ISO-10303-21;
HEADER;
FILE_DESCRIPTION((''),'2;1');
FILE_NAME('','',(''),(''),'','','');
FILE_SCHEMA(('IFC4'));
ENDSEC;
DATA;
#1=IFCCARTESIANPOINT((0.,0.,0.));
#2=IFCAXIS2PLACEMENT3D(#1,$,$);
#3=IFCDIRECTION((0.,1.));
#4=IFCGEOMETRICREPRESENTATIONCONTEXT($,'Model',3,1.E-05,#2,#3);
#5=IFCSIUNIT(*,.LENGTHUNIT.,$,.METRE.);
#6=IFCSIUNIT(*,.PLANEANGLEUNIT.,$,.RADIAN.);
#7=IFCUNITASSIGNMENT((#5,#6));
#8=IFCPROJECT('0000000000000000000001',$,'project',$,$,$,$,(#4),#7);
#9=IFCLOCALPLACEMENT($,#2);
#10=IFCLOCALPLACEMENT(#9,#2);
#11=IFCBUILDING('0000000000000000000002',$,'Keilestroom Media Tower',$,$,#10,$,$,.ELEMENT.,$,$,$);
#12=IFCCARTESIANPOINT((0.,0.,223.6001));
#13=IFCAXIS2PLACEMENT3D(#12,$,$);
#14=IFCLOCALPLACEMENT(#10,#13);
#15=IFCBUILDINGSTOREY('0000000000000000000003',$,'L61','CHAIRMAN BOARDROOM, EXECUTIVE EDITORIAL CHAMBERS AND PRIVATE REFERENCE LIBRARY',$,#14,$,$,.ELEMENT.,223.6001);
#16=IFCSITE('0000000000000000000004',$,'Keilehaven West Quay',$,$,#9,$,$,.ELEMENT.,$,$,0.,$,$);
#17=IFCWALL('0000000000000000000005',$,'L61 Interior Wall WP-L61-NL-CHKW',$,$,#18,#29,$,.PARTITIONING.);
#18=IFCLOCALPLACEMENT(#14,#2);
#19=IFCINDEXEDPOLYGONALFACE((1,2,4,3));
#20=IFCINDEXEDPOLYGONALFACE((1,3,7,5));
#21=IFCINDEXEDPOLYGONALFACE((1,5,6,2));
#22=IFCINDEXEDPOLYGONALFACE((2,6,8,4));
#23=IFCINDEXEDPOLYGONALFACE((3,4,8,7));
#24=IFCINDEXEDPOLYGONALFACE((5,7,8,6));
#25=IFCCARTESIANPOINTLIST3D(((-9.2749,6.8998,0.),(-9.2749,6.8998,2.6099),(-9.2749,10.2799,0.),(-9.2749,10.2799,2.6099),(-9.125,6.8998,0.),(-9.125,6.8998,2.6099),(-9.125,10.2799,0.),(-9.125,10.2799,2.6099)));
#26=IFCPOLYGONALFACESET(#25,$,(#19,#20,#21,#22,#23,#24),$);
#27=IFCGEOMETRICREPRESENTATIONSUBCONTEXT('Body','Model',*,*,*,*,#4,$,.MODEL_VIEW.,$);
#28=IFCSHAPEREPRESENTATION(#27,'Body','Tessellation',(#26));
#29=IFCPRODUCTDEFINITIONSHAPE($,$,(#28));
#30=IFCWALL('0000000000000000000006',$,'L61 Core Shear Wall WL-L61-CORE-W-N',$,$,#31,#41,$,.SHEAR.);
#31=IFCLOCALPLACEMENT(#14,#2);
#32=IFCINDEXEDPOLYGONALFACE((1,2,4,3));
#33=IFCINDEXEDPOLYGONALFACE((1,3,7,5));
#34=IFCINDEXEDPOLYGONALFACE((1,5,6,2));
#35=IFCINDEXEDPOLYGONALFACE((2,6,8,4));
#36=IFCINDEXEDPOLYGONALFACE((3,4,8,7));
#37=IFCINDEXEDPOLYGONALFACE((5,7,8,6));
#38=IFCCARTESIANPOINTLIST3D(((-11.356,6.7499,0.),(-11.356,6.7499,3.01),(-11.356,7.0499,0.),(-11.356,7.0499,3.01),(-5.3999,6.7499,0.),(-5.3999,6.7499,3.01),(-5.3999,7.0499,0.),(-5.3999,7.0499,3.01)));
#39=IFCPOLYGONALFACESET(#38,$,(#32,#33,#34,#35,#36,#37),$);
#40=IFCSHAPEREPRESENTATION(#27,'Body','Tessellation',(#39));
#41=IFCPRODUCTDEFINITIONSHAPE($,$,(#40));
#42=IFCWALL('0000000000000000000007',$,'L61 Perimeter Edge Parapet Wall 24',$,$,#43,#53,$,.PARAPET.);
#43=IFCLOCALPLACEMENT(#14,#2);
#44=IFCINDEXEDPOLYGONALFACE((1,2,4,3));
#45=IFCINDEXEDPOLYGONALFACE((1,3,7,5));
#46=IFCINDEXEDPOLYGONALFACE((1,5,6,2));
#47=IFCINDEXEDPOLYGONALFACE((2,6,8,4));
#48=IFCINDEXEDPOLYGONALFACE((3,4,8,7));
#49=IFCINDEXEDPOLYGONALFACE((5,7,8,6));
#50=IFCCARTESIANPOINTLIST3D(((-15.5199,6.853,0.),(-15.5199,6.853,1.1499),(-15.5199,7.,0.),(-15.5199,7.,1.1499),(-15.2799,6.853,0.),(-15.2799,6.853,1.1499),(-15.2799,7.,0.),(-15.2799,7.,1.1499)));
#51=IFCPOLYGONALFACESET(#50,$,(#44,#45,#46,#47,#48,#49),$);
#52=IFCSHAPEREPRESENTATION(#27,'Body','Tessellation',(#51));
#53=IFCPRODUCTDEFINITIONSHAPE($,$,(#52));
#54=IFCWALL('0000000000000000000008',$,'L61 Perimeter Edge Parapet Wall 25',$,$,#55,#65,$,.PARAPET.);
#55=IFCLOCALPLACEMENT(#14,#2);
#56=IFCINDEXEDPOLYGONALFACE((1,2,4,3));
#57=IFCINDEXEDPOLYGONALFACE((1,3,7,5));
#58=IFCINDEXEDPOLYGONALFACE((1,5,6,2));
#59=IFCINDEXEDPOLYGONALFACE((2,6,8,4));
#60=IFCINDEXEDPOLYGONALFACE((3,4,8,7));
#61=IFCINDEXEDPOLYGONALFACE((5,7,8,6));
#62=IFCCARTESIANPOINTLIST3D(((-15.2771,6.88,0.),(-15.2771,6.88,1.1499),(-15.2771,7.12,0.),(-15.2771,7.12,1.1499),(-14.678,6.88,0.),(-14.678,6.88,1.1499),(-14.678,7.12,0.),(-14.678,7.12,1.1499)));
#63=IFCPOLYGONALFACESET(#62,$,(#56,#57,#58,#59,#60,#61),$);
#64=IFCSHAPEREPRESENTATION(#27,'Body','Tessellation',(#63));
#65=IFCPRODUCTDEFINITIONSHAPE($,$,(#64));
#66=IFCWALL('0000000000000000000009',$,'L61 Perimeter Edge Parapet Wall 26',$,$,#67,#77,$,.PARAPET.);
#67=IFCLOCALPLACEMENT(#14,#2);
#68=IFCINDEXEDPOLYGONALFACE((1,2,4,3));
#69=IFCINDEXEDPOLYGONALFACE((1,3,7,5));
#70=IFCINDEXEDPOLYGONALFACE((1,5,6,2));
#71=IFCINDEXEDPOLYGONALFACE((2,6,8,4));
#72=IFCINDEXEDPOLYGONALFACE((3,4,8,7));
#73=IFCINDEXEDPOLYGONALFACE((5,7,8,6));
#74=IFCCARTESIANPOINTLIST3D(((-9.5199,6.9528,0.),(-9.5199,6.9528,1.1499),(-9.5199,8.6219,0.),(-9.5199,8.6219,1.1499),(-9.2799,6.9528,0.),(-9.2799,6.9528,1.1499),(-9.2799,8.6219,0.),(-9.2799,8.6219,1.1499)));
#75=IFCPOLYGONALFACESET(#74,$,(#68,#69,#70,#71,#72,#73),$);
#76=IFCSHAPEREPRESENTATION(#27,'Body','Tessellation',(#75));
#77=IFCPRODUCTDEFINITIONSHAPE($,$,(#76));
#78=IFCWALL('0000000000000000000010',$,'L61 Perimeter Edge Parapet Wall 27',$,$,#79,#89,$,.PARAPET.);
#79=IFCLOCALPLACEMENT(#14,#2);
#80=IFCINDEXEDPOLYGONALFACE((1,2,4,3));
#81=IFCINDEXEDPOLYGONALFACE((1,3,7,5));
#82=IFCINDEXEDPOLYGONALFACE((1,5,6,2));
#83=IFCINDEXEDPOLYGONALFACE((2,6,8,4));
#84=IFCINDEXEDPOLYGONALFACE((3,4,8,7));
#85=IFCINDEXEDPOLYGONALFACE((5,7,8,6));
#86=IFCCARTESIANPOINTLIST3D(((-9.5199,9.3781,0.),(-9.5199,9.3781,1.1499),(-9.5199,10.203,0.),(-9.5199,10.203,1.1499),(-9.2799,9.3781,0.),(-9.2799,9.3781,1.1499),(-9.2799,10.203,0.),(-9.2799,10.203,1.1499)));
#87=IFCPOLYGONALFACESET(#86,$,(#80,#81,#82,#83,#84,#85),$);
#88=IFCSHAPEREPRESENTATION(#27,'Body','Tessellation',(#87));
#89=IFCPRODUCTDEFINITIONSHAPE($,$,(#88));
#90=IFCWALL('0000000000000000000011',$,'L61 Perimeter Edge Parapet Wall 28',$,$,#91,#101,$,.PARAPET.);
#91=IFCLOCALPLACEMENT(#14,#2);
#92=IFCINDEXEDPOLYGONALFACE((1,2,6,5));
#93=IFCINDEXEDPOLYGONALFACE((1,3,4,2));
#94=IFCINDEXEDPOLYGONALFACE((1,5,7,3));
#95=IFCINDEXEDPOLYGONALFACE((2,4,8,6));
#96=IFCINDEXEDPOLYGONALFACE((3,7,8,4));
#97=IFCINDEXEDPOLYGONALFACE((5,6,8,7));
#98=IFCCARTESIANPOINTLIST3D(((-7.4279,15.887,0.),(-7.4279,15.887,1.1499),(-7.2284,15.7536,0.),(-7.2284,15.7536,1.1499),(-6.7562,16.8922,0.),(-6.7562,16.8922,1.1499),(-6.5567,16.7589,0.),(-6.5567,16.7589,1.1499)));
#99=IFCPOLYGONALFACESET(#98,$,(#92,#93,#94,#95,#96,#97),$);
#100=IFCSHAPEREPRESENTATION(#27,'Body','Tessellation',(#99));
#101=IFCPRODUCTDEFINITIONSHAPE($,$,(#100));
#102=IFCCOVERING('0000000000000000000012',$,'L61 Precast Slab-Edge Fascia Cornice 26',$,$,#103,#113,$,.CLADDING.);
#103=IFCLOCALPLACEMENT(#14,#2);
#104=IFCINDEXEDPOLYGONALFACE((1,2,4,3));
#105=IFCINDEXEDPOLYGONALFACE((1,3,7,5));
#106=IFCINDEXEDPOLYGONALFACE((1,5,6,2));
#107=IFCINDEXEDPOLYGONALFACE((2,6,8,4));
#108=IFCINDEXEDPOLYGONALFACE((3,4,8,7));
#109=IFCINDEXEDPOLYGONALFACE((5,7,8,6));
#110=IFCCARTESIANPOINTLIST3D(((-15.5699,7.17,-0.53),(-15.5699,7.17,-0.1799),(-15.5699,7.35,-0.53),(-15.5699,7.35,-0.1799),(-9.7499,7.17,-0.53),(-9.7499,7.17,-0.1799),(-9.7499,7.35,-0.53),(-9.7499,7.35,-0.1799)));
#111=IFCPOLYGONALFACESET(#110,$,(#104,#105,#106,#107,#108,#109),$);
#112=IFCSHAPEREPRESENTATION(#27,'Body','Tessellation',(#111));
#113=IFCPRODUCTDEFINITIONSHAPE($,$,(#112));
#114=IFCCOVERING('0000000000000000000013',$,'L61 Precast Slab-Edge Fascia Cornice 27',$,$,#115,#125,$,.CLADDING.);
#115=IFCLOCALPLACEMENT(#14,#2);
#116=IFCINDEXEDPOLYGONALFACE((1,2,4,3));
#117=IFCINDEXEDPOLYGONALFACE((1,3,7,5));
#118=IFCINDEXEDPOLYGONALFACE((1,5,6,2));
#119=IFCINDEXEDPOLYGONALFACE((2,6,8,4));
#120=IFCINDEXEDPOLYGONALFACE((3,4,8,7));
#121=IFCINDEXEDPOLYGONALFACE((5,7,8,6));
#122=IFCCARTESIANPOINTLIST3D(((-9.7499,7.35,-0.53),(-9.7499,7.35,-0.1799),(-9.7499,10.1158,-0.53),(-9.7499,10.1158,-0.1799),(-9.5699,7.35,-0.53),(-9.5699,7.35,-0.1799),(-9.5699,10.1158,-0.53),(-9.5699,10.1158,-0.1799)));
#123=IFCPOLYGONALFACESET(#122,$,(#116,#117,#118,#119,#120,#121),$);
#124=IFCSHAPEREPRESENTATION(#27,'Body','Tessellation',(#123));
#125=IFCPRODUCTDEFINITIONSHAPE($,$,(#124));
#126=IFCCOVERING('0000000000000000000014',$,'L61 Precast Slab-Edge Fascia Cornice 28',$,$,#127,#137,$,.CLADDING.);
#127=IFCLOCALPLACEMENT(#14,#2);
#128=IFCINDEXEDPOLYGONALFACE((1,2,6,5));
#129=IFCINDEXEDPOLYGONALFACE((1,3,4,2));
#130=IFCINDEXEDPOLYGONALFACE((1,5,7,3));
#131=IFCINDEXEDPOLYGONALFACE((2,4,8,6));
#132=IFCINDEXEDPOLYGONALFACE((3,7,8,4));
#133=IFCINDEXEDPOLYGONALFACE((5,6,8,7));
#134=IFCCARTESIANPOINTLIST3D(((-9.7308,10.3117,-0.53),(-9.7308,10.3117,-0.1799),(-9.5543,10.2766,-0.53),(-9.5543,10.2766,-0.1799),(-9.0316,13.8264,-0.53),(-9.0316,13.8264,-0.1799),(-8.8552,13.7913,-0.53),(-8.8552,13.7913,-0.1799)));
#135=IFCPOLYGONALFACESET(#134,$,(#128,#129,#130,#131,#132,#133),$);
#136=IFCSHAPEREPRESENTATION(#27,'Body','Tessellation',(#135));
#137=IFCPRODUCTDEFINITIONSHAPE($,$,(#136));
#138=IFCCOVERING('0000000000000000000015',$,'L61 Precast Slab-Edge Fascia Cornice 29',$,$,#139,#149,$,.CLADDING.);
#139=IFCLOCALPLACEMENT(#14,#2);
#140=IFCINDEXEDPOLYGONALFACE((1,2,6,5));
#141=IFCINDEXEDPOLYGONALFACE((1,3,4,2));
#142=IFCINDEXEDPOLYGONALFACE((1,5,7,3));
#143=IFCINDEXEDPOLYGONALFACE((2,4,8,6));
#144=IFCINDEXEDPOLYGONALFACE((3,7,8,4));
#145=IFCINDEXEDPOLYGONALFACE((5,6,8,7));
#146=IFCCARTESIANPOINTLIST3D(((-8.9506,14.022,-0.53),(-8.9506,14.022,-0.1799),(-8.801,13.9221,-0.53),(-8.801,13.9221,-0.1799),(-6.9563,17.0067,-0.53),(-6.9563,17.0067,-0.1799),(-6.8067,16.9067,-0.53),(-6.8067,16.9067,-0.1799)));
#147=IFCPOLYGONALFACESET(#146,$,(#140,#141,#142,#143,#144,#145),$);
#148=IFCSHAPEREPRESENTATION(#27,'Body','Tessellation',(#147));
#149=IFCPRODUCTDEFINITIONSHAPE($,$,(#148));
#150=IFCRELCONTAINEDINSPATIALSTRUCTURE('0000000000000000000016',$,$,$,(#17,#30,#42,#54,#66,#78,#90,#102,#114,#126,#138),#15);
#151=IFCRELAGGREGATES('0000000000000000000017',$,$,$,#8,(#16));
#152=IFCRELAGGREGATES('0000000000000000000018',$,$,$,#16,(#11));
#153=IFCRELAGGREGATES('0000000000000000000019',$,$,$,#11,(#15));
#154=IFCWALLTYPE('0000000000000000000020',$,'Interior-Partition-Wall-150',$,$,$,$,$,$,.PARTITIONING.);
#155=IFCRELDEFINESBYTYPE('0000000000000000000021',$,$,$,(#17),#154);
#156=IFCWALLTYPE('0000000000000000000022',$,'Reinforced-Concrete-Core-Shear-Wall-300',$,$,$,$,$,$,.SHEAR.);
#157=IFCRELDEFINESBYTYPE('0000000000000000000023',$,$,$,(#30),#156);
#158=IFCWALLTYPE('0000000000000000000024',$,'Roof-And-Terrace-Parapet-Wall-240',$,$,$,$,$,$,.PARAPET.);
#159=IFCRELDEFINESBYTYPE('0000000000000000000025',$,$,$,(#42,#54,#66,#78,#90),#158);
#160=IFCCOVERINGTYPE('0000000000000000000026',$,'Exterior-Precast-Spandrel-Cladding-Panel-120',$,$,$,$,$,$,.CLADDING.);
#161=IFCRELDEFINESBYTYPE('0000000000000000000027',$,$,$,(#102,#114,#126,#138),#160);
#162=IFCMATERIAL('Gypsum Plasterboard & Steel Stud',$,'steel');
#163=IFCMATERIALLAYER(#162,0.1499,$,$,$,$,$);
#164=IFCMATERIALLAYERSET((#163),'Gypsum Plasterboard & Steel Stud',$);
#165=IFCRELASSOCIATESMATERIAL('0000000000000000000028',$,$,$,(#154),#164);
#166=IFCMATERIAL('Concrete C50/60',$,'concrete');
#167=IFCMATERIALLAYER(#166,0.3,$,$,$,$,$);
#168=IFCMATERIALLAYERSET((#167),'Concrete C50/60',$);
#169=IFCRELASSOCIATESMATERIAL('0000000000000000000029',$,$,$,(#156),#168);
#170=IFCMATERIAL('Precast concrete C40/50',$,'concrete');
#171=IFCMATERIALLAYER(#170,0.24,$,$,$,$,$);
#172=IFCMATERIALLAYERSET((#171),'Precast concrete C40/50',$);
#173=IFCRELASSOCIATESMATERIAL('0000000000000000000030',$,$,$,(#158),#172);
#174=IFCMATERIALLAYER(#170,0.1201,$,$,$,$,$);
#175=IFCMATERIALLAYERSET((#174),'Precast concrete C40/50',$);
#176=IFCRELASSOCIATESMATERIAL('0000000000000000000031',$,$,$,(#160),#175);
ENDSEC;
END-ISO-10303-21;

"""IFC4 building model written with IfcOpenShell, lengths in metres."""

from ifc_helpers import new_model, si_unit, direction, frame, frame_2d, origin, origin_2d, place, context, subcontext, project, spatial, rectangle, extrude, source, transform, mapped, material, layer, layer_set, type_object, element, save


model = new_model("IFC4")

# Units and contexts
model_context = context("Model", 3, precision=1e-05, world=origin(), true_north=direction((0.0, 1.0)))
body_context = subcontext(model_context, "Body", "Model", "MODEL_VIEW")
ifc_project = project(units=[si_unit("LENGTHUNIT", "METRE"), si_unit("PLANEANGLEUNIT", "RADIAN")], contexts=[model_context])

# Site, building, storey
site_placement = place(None, origin())
site = spatial("IfcSite", under=ifc_project, at=site_placement, Name="Keilehaven West Quay", CompositionType="ELEMENT", RefElevation=0.0)
building_placement = place(site_placement, origin())
building = spatial("IfcBuilding", under=site, at=building_placement, Name="Keilestroom Media Tower", CompositionType="ELEMENT")
storey_placement = place(building_placement, frame((0.0, 0.0, 223.6001)))
storey = spatial("IfcBuildingStorey", under=building, at=storey_placement, Name="L61", Description="CHAIRMAN BOARDROOM, EXECUTIVE EDITORIAL CHAMBERS AND PRIVATE REFERENCE LIBRARY", CompositionType="ELEMENT", Elevation=223.6001)

# Shared definitions
ifc_material_1 = material(Name="Precast concrete C40/50", Category="concrete")
ifc_material_2 = material(Name="Concrete C50/60", Category="concrete")

# Shared definitions
ifc_material_3 = material(Name="Gypsum Plasterboard & Steel Stud", Category="steel")

# Shared definitions
ifc_layer_1 = layer(ifc_material_3, 0.1499)
ifc_layer_set_1 = layer_set([ifc_layer_1], Name="Gypsum Plasterboard & Steel Stud")
wall_type_1 = type_object("IfcWallType", Name="Interior-Partition-Wall-150", PredefinedType="PARTITIONING", material=ifc_layer_set_1)

# Walls
wall_1_placement = place(storey_placement, frame((-9.2, 6.8999, 0.0), z_axis=(0.0, 0.0, 1.0), x_axis=(0.0, 1.0, 0.0)))
element("IfcWall", 1, at=wall_1_placement, inside=storey, type_object=wall_type_1, Name="L61 Interior Wall WP-L61-NL-CHKW", PredefinedType="PARTITIONING", context=body_context, shape_type="SweptSolid", body=[
    extrude(rectangle(XDim=3.3801, YDim=0.1499, at=frame_2d((1.6899, 0.0))), origin(), (0.0, 0.0, 1.0), 2.6099),
])
ifc_layer_2 = layer(ifc_material_2, 0.3)
ifc_layer_set_2 = layer_set([ifc_layer_2], Name="Concrete C50/60")
wall_type_2 = type_object("IfcWallType", Name="Reinforced-Concrete-Core-Shear-Wall-300", PredefinedType="SHEAR", material=ifc_layer_set_2)
wall_2_placement = place(storey_placement, frame((-11.356, 6.8999, 0.0), z_axis=(0.0, 0.0, 1.0), x_axis=(1.0, 0.0, 0.0)))
element("IfcWall", 2, at=wall_2_placement, inside=storey, type_object=wall_type_2, Name="L61 Core Shear Wall WL-L61-CORE-W-N", PredefinedType="SHEAR", context=body_context, shape_type="SweptSolid", body=[
    extrude(rectangle(XDim=5.9561, YDim=0.3, at=frame_2d((2.978, 0.0))), origin(), (0.0, 0.0, 1.0), 3.01),
])
ifc_layer_3 = layer(ifc_material_1, 0.24)
ifc_layer_set_3 = layer_set([ifc_layer_3], Name="Precast concrete C40/50")
wall_type_3 = type_object("IfcWallType", Name="Roof-And-Terrace-Parapet-Wall-240", PredefinedType="PARAPET", material=ifc_layer_set_3)
wall_3_placement = place(storey_placement, frame((-15.3999, 6.853, 0.0), z_axis=(0.0, 0.0, 1.0), x_axis=(0.0, 1.0, 0.0)))
element("IfcWall", 3, at=wall_3_placement, inside=storey, type_object=wall_type_3, Name="L61 Perimeter Edge Parapet Wall 24", PredefinedType="PARAPET", context=body_context, shape_type="SweptSolid", body=[
    extrude(rectangle(XDim=0.147, YDim=0.24, at=frame_2d((0.0735, 0.0))), origin(), (0.0, 0.0, 1.0), 1.1499),
])
wall_4_placement = place(storey_placement, frame((-15.2771, 7.0, 0.0), z_axis=(0.0, 0.0, 1.0), x_axis=(1.0, 0.0, 0.0)))
element("IfcWall", 4, at=wall_4_placement, inside=storey, type_object=wall_type_3, Name="L61 Perimeter Edge Parapet Wall 25", PredefinedType="PARAPET", context=body_context, shape_type="SweptSolid", body=[
    extrude(rectangle(XDim=0.5991, YDim=0.24, at=frame_2d((0.2996, 0.0))), origin(), (0.0, 0.0, 1.0), 1.1499),
])
wall_5_placement = place(storey_placement, frame((-9.3999, 6.9529, 0.0), z_axis=(0.0, 0.0, 1.0), x_axis=(0.0, 1.0, 0.0)))
element("IfcWall", 5, at=wall_5_placement, inside=storey, type_object=wall_type_3, Name="L61 Perimeter Edge Parapet Wall 26", PredefinedType="PARAPET", context=body_context, shape_type="SweptSolid", body=[
    extrude(rectangle(XDim=1.6692, YDim=0.24, at=frame_2d((0.8345, 0.0))), origin(), (0.0, 0.0, 1.0), 1.1499),
])
wall_6_placement = place(storey_placement, frame((-9.3999, 9.3779, 0.0), z_axis=(0.0, 0.0, 1.0), x_axis=(0.0, 1.0, 0.0)))
element("IfcWall", 6, at=wall_6_placement, inside=storey, type_object=wall_type_3, Name="L61 Perimeter Edge Parapet Wall 27", PredefinedType="PARAPET", context=body_context, shape_type="SweptSolid", body=[
    extrude(rectangle(XDim=0.825, YDim=0.24, at=frame_2d((0.4126, 0.0))), origin(), (0.0, 0.0, 1.0), 1.1499),
])
wall_7_placement = place(storey_placement, frame((-7.3281, 15.8203, 0.0), z_axis=(0.0, 0.0, 1.0), x_axis=(0.555585, 0.831459, 0.0)))
element("IfcWall", 7, at=wall_7_placement, inside=storey, type_object=wall_type_3, Name="L61 Perimeter Edge Parapet Wall 28", PredefinedType="PARAPET", context=body_context, shape_type="SweptSolid", body=[
    extrude(rectangle(XDim=1.209, YDim=0.24, at=frame_2d((0.6045, 0.0))), origin(), (0.0, 0.0, 1.0), 1.1499),
])

# Coverings
ifc_layer_4 = layer(ifc_material_1, 0.1201)
ifc_layer_set_4 = layer_set([ifc_layer_4], Name="Precast concrete C40/50")
covering_type = type_object("IfcCoveringType", Name="Exterior-Precast-Spandrel-Cladding-Panel-120", PredefinedType="CLADDING", material=ifc_layer_set_4)
shared_shape_1 = source(origin(), body_context, "Body", "SweptSolid", [
    extrude(rectangle(XDim=5.8201, YDim=0.1799, at=origin_2d()), origin(), (0.0, 0.0, 1.0), 0.3501),
])
covering_1_placement = place(storey_placement, frame((-12.6599, 7.26, -0.53), z_axis=(0.0, 0.0, 1.0), x_axis=(1.0, 0.0, 0.0)))
element("IfcCovering", 8, at=covering_1_placement, inside=storey, type_object=covering_type, Name="L61 Precast Slab-Edge Fascia Cornice 26", PredefinedType="CLADDING", context=body_context, shape_type="MappedRepresentation", body=[
    mapped(shared_shape_1, transform((0.0, 0.0, 0.0), x_axis=(1.0, 0.0, 0.0), y_axis=(0.0, 1.0, 0.0), z_axis=(0.0, 0.0, 1.0), scale=1.0)),
])
shared_shape_2 = source(origin(), body_context, "Body", "SweptSolid", [
    extrude(rectangle(XDim=2.7659, YDim=0.1799, at=origin_2d()), origin(), (0.0, 0.0, 1.0), 0.3501),
])
covering_2_placement = place(storey_placement, frame((-9.6599, 8.7329, -0.53), z_axis=(0.0, 0.0, 1.0), x_axis=(0.0, 1.0, 0.0)))
element("IfcCovering", 9, at=covering_2_placement, inside=storey, type_object=covering_type, Name="L61 Precast Slab-Edge Fascia Cornice 27", PredefinedType="CLADDING", context=body_context, shape_type="MappedRepresentation", body=[
    mapped(shared_shape_2, transform((0.0, 0.0, 0.0), x_axis=(1.0, 0.0, 0.0), y_axis=(0.0, 1.0, 0.0), z_axis=(0.0, 0.0, 1.0), scale=1.0)),
])
shared_shape_3 = source(origin(), body_context, "Body", "SweptSolid", [
    extrude(rectangle(XDim=3.5835, YDim=0.1799, at=origin_2d()), origin(), (0.0, 0.0, 1.0), 0.3501),
])
covering_3_placement = place(storey_placement, frame((-9.293, 12.0515, -0.53), z_axis=(0.0, 0.0, 1.0), x_axis=(0.195099, 0.980784, 0.0)))
element("IfcCovering", 10, at=covering_3_placement, inside=storey, type_object=covering_type, Name="L61 Precast Slab-Edge Fascia Cornice 28", PredefinedType="CLADDING", context=body_context, shape_type="MappedRepresentation", body=[
    mapped(shared_shape_3, transform((0.0, 0.0, 0.0), x_axis=(1.0, 0.0, 0.0), y_axis=(0.0, 1.0, 0.0), z_axis=(0.0, 0.0, 1.0), scale=1.0)),
])
shared_shape_4 = source(origin(), body_context, "Body", "SweptSolid", [
    extrude(rectangle(XDim=3.5896, YDim=0.1799, at=origin_2d()), origin(), (0.0, 0.0, 1.0), 0.3501),
])
covering_4_placement = place(storey_placement, frame((-7.8787, 15.4644, -0.53), z_axis=(0.0, 0.0, 1.0), x_axis=(0.555575, 0.831467, 0.0)))
element("IfcCovering", 11, at=covering_4_placement, inside=storey, type_object=covering_type, Name="L61 Precast Slab-Edge Fascia Cornice 29", PredefinedType="CLADDING", context=body_context, shape_type="MappedRepresentation", body=[
    mapped(shared_shape_4, transform((0.0, 0.0, 0.0), x_axis=(1.0, 0.0, 0.0), y_axis=(0.0, 1.0, 0.0), z_axis=(0.0, 0.0, 1.0), scale=1.0)),
])

save(model, "model.ifc")
